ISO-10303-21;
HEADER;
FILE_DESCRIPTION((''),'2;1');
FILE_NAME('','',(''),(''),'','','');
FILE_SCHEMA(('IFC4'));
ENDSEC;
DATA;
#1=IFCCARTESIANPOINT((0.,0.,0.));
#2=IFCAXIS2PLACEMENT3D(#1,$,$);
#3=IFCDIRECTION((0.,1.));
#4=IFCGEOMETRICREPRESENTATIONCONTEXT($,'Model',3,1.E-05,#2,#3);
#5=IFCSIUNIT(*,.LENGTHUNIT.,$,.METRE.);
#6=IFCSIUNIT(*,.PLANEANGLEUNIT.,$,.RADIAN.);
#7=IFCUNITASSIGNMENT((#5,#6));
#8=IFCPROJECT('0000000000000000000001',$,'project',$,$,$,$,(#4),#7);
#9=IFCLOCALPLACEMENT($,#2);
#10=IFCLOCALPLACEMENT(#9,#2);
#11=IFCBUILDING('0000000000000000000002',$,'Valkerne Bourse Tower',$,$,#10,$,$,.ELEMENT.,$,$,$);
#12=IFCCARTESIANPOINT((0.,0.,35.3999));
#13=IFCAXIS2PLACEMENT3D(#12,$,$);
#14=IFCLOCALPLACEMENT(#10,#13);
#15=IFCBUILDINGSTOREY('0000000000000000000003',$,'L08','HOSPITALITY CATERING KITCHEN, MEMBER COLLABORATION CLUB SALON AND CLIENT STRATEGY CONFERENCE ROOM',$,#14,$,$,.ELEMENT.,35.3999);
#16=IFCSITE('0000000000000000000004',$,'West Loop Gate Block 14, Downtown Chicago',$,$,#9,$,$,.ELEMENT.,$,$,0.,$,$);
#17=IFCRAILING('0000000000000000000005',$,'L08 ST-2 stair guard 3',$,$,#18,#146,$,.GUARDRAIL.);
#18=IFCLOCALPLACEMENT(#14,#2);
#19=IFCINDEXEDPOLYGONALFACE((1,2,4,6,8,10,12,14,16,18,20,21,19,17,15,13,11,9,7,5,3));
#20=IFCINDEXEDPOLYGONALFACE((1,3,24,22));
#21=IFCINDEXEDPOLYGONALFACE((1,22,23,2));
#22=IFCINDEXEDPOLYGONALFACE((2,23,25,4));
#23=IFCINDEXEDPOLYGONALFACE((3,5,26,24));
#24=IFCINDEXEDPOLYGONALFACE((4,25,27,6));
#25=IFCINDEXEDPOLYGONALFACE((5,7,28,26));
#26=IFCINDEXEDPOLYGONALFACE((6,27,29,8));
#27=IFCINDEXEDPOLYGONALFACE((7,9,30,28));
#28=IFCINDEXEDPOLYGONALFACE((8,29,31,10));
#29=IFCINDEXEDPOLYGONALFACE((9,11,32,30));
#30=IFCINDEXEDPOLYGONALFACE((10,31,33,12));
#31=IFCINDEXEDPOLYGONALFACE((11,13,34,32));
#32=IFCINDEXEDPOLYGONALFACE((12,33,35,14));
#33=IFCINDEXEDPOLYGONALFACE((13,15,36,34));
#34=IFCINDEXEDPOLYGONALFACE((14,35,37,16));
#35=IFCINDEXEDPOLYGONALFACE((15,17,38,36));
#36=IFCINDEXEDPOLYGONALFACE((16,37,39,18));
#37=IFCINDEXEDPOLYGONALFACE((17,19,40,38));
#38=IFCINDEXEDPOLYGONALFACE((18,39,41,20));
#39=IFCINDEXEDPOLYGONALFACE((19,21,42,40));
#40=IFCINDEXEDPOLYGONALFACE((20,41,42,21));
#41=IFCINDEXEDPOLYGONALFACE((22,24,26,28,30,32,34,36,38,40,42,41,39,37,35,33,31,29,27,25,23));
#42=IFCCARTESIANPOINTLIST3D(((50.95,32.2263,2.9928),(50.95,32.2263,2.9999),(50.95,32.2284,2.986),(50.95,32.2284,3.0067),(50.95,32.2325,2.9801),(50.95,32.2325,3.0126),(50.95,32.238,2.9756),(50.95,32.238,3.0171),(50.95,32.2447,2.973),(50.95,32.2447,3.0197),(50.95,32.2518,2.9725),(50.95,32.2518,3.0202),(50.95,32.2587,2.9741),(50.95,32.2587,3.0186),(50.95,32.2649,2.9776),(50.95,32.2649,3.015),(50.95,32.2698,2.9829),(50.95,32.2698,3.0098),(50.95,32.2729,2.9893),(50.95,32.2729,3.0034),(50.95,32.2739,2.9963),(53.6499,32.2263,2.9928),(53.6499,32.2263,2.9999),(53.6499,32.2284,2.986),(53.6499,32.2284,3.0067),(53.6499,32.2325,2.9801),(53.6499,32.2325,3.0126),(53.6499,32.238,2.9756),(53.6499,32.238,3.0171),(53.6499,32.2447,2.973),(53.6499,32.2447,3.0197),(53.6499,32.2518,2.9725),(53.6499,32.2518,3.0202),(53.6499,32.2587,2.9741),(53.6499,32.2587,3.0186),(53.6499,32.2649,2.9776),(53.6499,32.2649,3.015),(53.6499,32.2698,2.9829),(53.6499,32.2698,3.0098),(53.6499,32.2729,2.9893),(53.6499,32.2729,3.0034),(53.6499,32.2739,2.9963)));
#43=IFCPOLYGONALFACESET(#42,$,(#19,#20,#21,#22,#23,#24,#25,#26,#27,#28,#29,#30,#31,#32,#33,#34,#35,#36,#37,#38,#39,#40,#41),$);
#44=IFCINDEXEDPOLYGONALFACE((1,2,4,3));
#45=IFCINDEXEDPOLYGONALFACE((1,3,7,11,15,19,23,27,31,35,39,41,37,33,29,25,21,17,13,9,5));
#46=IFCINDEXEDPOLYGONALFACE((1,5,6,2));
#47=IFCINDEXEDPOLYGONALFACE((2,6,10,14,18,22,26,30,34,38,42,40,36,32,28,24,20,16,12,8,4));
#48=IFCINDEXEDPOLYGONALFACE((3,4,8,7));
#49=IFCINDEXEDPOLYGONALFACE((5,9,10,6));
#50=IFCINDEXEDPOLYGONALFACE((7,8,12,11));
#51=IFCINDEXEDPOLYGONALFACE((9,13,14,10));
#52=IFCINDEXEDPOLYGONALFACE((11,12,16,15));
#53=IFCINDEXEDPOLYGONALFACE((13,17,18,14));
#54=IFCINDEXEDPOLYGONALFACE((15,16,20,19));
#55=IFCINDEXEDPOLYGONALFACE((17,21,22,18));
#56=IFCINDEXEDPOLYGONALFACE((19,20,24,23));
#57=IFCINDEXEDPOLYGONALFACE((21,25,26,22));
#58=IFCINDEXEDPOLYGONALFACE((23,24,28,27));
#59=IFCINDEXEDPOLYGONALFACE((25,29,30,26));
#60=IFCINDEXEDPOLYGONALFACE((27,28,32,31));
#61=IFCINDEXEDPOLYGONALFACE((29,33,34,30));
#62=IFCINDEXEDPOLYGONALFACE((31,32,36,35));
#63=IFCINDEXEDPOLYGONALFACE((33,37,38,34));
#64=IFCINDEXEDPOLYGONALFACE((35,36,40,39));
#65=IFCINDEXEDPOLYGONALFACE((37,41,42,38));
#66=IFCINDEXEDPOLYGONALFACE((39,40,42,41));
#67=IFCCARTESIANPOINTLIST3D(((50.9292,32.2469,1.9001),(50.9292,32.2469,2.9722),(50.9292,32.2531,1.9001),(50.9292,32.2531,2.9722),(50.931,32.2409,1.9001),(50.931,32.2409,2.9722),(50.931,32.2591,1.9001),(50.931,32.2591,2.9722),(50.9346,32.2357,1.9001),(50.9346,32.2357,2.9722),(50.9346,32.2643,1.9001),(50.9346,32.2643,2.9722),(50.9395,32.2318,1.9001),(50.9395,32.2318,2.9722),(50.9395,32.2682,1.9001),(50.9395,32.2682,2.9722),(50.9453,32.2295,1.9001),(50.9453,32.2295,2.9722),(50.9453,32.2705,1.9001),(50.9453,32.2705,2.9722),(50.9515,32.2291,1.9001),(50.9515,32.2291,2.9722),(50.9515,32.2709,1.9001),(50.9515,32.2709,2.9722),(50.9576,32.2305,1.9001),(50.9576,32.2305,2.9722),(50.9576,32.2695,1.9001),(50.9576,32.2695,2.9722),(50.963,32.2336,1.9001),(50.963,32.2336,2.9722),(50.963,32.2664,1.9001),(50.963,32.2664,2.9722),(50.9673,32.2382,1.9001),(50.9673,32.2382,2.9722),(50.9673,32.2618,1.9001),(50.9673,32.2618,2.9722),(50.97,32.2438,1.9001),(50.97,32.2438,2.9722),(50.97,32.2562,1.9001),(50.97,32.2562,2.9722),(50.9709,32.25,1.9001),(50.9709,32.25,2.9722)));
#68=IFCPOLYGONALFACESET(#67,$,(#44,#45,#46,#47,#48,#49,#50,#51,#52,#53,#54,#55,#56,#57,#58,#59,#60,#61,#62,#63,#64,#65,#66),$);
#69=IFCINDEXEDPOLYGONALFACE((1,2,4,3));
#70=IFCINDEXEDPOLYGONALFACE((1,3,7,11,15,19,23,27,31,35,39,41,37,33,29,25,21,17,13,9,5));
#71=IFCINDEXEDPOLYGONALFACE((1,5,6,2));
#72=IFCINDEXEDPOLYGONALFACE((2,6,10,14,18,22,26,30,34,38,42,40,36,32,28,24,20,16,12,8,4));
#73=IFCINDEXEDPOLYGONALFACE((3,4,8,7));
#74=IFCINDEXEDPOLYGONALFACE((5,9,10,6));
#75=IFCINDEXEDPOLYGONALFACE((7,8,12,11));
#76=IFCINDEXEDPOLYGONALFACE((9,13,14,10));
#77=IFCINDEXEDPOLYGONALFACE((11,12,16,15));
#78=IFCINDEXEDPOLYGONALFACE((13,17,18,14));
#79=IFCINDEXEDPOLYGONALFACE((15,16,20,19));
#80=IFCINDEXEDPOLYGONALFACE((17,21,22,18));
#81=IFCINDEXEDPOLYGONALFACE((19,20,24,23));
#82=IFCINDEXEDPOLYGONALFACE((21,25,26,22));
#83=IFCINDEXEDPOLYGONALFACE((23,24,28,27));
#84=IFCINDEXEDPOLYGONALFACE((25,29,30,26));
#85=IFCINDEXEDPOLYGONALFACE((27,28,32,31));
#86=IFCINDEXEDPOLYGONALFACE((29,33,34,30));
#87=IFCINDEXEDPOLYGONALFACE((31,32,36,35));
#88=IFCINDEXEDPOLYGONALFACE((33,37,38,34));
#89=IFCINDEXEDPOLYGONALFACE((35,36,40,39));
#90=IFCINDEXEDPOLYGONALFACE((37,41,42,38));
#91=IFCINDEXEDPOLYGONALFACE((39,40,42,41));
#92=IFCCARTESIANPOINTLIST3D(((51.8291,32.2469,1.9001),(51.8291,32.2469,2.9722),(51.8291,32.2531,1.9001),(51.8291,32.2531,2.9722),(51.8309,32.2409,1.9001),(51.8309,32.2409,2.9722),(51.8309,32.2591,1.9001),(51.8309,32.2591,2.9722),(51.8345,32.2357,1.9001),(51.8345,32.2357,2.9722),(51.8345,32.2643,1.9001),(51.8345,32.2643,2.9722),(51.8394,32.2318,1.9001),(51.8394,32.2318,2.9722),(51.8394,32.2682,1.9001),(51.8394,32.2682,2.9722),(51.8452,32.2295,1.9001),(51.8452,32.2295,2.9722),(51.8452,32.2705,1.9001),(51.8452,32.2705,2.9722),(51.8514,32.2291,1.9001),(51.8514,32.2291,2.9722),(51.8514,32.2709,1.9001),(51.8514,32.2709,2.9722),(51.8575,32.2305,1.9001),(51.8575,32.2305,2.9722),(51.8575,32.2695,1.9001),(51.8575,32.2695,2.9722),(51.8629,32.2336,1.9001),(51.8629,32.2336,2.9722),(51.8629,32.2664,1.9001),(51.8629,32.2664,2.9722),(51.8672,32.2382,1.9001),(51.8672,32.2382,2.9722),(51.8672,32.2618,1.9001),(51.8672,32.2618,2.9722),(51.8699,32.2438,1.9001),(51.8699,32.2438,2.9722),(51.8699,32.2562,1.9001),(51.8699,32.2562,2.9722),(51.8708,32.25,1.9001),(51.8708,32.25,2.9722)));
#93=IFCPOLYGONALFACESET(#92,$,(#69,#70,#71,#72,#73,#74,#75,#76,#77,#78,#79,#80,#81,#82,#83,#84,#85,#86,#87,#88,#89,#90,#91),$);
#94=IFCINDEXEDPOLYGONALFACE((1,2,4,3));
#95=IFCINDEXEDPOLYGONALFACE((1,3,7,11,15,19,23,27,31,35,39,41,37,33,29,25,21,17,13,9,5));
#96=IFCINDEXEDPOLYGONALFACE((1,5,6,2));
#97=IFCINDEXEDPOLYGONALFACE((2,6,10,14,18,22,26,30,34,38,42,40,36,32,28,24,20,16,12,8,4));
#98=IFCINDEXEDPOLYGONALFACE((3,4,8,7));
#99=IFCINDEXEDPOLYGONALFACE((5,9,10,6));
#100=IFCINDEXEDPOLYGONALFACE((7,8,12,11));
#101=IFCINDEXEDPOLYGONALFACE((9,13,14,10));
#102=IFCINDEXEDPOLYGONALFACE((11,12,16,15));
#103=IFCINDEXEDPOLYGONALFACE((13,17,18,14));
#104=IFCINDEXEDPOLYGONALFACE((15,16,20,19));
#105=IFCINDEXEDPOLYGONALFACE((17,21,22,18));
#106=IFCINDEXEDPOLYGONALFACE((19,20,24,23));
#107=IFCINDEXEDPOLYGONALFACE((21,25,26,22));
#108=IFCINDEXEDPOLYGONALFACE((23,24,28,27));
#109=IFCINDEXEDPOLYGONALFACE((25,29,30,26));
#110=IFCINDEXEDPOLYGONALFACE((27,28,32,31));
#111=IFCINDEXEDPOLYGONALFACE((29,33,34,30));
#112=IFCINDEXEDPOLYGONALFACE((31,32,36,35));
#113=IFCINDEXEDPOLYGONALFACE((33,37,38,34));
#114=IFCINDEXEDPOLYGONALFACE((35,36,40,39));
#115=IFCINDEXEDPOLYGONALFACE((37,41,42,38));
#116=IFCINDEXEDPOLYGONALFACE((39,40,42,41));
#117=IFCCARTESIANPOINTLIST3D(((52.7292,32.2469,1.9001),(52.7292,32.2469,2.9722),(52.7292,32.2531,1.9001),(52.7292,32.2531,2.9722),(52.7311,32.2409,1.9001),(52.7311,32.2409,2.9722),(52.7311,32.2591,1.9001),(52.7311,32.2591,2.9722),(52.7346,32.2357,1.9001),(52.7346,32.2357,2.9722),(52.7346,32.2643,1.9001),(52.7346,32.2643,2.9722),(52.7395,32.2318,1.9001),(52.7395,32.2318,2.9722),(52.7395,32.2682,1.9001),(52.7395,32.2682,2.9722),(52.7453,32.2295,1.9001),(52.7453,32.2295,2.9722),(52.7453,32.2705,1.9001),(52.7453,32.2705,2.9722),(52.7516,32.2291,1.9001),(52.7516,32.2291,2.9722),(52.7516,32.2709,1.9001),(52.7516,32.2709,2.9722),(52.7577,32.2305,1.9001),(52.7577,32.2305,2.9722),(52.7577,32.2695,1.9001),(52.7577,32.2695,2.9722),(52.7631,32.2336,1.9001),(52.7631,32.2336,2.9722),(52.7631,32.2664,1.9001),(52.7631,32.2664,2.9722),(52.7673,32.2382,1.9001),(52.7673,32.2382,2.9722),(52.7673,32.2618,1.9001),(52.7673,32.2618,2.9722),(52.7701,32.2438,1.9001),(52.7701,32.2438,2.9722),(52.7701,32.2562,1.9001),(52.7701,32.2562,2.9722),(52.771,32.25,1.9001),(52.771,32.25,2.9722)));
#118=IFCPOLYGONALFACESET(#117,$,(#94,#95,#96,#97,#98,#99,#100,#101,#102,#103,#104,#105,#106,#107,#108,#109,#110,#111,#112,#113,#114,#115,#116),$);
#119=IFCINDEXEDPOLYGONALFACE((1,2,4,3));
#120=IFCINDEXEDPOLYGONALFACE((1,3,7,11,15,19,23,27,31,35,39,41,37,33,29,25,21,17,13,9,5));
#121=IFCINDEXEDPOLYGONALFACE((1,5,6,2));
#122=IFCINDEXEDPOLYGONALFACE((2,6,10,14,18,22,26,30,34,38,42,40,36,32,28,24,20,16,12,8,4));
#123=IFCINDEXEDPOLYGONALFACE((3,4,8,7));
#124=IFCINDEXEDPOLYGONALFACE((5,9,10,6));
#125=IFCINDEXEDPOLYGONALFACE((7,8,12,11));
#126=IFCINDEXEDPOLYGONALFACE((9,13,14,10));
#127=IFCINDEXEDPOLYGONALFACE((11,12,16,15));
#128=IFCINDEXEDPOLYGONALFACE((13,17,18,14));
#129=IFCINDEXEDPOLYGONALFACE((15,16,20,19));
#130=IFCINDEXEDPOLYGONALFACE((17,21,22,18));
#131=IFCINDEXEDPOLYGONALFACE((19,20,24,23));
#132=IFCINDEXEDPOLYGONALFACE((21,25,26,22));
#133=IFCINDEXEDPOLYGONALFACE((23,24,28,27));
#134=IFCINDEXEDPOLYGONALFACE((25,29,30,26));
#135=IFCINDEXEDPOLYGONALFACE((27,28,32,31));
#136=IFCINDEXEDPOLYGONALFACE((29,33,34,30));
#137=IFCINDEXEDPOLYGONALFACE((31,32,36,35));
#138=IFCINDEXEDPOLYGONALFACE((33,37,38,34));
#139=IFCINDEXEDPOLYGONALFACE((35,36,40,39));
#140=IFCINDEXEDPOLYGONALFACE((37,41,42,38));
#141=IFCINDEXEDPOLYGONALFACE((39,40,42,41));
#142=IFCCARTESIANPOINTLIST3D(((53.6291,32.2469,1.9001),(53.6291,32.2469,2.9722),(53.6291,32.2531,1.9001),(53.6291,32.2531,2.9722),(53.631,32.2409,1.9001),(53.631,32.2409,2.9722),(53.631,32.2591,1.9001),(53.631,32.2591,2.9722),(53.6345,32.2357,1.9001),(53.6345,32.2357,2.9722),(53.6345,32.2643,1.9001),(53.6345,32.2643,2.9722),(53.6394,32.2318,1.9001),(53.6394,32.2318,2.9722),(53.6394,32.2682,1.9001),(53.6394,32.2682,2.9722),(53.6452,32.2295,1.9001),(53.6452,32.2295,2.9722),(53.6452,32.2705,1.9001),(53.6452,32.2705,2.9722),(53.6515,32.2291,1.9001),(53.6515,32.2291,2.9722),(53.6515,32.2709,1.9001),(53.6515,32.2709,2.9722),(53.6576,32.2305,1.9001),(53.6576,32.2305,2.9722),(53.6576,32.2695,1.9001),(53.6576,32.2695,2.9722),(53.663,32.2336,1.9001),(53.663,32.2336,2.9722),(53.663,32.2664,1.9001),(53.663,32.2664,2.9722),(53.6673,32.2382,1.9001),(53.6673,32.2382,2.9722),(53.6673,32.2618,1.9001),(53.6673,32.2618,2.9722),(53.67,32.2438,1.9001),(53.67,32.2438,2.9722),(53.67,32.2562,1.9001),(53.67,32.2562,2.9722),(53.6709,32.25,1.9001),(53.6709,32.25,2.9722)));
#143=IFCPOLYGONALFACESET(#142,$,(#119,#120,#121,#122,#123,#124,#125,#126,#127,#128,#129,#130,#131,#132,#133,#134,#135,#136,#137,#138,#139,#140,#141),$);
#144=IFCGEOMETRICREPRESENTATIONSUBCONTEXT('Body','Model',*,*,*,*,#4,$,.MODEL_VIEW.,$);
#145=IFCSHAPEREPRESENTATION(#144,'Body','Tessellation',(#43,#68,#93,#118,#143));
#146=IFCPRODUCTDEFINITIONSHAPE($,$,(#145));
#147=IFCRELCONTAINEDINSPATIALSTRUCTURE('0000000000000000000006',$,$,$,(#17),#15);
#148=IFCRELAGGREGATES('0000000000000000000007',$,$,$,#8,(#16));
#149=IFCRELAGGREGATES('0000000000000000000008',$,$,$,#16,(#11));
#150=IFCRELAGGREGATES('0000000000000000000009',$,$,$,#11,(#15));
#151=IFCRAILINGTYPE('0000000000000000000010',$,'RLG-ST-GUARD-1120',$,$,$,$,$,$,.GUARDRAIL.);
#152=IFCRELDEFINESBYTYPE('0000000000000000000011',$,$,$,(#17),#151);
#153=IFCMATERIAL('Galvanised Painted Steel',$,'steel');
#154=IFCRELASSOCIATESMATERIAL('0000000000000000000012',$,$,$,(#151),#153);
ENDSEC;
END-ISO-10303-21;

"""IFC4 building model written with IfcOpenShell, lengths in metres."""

from ifc_helpers import new_model, si_unit, direction, frame, origin, origin_2d, place, context, subcontext, project, spatial, circle, extrude, material, type_object, element, save


model = new_model("IFC4")

# Units and contexts
model_context = context("Model", 3, precision=1e-05, world=origin(), true_north=direction((0.0, 1.0)))
body_context = subcontext(model_context, "Body", "Model", "MODEL_VIEW")
ifc_project = project(units=[si_unit("LENGTHUNIT", "METRE"), si_unit("PLANEANGLEUNIT", "RADIAN")], contexts=[model_context])

# Site, building, storey
site_placement = place(None, origin())
site = spatial("IfcSite", under=ifc_project, at=site_placement, Name="West Loop Gate Block 14, Downtown Chicago", CompositionType="ELEMENT", RefElevation=0.0)
building_placement = place(site_placement, origin())
building = spatial("IfcBuilding", under=site, at=building_placement, Name="Valkerne Bourse Tower", CompositionType="ELEMENT")
storey_placement = place(building_placement, frame((0.0, 0.0, 35.3999)))
storey = spatial("IfcBuildingStorey", under=building, at=storey_placement, Name="L08", Description="HOSPITALITY CATERING KITCHEN, MEMBER COLLABORATION CLUB SALON AND CLIENT STRATEGY CONFERENCE ROOM", CompositionType="ELEMENT", Elevation=35.3999)

# Shared definitions
ifc_material_1 = material(Name="Galvanised Painted Steel", Category="steel")

# Railing
railing_type_1 = type_object("IfcRailingType", Name="RLG-ST-GUARD-1120", PredefinedType="GUARDRAIL", material=ifc_material_1)
railing_1_placement = place(storey_placement, frame((50.95, 32.25, 1.9001)))
element("IfcRailing", 1, at=railing_1_placement, inside=storey, type_object=railing_type_1, Name="L08 ST-2 stair guard 3", PredefinedType="GUARDRAIL", context=body_context, shape_type="SweptSolid", body=[
    extrude(circle(Radius=0.0239, at=origin_2d()), frame((0.0, 0.0, 1.0962), z_axis=(1.0, 0.0, 0.0), x_axis=(0.0, 1.0, 0.0)), (0.0, 0.0, 1.0), 2.7),
    extrude(circle(Radius=0.021, at=origin_2d()), origin(), (0.0, 0.0, 1.0), 1.072),
    extrude(circle(Radius=0.021, at=origin_2d()), frame((0.8999, 0.0, 0.0)), (0.0, 0.0, 1.0), 1.072),
    extrude(circle(Radius=0.021, at=origin_2d()), frame((1.8, 0.0, 0.0)), (0.0, 0.0, 1.0), 1.072),
    extrude(circle(Radius=0.021, at=origin_2d()), frame((2.7, 0.0, 0.0)), (0.0, 0.0, 1.0), 1.072),
])

save(model, "model.ifc")
